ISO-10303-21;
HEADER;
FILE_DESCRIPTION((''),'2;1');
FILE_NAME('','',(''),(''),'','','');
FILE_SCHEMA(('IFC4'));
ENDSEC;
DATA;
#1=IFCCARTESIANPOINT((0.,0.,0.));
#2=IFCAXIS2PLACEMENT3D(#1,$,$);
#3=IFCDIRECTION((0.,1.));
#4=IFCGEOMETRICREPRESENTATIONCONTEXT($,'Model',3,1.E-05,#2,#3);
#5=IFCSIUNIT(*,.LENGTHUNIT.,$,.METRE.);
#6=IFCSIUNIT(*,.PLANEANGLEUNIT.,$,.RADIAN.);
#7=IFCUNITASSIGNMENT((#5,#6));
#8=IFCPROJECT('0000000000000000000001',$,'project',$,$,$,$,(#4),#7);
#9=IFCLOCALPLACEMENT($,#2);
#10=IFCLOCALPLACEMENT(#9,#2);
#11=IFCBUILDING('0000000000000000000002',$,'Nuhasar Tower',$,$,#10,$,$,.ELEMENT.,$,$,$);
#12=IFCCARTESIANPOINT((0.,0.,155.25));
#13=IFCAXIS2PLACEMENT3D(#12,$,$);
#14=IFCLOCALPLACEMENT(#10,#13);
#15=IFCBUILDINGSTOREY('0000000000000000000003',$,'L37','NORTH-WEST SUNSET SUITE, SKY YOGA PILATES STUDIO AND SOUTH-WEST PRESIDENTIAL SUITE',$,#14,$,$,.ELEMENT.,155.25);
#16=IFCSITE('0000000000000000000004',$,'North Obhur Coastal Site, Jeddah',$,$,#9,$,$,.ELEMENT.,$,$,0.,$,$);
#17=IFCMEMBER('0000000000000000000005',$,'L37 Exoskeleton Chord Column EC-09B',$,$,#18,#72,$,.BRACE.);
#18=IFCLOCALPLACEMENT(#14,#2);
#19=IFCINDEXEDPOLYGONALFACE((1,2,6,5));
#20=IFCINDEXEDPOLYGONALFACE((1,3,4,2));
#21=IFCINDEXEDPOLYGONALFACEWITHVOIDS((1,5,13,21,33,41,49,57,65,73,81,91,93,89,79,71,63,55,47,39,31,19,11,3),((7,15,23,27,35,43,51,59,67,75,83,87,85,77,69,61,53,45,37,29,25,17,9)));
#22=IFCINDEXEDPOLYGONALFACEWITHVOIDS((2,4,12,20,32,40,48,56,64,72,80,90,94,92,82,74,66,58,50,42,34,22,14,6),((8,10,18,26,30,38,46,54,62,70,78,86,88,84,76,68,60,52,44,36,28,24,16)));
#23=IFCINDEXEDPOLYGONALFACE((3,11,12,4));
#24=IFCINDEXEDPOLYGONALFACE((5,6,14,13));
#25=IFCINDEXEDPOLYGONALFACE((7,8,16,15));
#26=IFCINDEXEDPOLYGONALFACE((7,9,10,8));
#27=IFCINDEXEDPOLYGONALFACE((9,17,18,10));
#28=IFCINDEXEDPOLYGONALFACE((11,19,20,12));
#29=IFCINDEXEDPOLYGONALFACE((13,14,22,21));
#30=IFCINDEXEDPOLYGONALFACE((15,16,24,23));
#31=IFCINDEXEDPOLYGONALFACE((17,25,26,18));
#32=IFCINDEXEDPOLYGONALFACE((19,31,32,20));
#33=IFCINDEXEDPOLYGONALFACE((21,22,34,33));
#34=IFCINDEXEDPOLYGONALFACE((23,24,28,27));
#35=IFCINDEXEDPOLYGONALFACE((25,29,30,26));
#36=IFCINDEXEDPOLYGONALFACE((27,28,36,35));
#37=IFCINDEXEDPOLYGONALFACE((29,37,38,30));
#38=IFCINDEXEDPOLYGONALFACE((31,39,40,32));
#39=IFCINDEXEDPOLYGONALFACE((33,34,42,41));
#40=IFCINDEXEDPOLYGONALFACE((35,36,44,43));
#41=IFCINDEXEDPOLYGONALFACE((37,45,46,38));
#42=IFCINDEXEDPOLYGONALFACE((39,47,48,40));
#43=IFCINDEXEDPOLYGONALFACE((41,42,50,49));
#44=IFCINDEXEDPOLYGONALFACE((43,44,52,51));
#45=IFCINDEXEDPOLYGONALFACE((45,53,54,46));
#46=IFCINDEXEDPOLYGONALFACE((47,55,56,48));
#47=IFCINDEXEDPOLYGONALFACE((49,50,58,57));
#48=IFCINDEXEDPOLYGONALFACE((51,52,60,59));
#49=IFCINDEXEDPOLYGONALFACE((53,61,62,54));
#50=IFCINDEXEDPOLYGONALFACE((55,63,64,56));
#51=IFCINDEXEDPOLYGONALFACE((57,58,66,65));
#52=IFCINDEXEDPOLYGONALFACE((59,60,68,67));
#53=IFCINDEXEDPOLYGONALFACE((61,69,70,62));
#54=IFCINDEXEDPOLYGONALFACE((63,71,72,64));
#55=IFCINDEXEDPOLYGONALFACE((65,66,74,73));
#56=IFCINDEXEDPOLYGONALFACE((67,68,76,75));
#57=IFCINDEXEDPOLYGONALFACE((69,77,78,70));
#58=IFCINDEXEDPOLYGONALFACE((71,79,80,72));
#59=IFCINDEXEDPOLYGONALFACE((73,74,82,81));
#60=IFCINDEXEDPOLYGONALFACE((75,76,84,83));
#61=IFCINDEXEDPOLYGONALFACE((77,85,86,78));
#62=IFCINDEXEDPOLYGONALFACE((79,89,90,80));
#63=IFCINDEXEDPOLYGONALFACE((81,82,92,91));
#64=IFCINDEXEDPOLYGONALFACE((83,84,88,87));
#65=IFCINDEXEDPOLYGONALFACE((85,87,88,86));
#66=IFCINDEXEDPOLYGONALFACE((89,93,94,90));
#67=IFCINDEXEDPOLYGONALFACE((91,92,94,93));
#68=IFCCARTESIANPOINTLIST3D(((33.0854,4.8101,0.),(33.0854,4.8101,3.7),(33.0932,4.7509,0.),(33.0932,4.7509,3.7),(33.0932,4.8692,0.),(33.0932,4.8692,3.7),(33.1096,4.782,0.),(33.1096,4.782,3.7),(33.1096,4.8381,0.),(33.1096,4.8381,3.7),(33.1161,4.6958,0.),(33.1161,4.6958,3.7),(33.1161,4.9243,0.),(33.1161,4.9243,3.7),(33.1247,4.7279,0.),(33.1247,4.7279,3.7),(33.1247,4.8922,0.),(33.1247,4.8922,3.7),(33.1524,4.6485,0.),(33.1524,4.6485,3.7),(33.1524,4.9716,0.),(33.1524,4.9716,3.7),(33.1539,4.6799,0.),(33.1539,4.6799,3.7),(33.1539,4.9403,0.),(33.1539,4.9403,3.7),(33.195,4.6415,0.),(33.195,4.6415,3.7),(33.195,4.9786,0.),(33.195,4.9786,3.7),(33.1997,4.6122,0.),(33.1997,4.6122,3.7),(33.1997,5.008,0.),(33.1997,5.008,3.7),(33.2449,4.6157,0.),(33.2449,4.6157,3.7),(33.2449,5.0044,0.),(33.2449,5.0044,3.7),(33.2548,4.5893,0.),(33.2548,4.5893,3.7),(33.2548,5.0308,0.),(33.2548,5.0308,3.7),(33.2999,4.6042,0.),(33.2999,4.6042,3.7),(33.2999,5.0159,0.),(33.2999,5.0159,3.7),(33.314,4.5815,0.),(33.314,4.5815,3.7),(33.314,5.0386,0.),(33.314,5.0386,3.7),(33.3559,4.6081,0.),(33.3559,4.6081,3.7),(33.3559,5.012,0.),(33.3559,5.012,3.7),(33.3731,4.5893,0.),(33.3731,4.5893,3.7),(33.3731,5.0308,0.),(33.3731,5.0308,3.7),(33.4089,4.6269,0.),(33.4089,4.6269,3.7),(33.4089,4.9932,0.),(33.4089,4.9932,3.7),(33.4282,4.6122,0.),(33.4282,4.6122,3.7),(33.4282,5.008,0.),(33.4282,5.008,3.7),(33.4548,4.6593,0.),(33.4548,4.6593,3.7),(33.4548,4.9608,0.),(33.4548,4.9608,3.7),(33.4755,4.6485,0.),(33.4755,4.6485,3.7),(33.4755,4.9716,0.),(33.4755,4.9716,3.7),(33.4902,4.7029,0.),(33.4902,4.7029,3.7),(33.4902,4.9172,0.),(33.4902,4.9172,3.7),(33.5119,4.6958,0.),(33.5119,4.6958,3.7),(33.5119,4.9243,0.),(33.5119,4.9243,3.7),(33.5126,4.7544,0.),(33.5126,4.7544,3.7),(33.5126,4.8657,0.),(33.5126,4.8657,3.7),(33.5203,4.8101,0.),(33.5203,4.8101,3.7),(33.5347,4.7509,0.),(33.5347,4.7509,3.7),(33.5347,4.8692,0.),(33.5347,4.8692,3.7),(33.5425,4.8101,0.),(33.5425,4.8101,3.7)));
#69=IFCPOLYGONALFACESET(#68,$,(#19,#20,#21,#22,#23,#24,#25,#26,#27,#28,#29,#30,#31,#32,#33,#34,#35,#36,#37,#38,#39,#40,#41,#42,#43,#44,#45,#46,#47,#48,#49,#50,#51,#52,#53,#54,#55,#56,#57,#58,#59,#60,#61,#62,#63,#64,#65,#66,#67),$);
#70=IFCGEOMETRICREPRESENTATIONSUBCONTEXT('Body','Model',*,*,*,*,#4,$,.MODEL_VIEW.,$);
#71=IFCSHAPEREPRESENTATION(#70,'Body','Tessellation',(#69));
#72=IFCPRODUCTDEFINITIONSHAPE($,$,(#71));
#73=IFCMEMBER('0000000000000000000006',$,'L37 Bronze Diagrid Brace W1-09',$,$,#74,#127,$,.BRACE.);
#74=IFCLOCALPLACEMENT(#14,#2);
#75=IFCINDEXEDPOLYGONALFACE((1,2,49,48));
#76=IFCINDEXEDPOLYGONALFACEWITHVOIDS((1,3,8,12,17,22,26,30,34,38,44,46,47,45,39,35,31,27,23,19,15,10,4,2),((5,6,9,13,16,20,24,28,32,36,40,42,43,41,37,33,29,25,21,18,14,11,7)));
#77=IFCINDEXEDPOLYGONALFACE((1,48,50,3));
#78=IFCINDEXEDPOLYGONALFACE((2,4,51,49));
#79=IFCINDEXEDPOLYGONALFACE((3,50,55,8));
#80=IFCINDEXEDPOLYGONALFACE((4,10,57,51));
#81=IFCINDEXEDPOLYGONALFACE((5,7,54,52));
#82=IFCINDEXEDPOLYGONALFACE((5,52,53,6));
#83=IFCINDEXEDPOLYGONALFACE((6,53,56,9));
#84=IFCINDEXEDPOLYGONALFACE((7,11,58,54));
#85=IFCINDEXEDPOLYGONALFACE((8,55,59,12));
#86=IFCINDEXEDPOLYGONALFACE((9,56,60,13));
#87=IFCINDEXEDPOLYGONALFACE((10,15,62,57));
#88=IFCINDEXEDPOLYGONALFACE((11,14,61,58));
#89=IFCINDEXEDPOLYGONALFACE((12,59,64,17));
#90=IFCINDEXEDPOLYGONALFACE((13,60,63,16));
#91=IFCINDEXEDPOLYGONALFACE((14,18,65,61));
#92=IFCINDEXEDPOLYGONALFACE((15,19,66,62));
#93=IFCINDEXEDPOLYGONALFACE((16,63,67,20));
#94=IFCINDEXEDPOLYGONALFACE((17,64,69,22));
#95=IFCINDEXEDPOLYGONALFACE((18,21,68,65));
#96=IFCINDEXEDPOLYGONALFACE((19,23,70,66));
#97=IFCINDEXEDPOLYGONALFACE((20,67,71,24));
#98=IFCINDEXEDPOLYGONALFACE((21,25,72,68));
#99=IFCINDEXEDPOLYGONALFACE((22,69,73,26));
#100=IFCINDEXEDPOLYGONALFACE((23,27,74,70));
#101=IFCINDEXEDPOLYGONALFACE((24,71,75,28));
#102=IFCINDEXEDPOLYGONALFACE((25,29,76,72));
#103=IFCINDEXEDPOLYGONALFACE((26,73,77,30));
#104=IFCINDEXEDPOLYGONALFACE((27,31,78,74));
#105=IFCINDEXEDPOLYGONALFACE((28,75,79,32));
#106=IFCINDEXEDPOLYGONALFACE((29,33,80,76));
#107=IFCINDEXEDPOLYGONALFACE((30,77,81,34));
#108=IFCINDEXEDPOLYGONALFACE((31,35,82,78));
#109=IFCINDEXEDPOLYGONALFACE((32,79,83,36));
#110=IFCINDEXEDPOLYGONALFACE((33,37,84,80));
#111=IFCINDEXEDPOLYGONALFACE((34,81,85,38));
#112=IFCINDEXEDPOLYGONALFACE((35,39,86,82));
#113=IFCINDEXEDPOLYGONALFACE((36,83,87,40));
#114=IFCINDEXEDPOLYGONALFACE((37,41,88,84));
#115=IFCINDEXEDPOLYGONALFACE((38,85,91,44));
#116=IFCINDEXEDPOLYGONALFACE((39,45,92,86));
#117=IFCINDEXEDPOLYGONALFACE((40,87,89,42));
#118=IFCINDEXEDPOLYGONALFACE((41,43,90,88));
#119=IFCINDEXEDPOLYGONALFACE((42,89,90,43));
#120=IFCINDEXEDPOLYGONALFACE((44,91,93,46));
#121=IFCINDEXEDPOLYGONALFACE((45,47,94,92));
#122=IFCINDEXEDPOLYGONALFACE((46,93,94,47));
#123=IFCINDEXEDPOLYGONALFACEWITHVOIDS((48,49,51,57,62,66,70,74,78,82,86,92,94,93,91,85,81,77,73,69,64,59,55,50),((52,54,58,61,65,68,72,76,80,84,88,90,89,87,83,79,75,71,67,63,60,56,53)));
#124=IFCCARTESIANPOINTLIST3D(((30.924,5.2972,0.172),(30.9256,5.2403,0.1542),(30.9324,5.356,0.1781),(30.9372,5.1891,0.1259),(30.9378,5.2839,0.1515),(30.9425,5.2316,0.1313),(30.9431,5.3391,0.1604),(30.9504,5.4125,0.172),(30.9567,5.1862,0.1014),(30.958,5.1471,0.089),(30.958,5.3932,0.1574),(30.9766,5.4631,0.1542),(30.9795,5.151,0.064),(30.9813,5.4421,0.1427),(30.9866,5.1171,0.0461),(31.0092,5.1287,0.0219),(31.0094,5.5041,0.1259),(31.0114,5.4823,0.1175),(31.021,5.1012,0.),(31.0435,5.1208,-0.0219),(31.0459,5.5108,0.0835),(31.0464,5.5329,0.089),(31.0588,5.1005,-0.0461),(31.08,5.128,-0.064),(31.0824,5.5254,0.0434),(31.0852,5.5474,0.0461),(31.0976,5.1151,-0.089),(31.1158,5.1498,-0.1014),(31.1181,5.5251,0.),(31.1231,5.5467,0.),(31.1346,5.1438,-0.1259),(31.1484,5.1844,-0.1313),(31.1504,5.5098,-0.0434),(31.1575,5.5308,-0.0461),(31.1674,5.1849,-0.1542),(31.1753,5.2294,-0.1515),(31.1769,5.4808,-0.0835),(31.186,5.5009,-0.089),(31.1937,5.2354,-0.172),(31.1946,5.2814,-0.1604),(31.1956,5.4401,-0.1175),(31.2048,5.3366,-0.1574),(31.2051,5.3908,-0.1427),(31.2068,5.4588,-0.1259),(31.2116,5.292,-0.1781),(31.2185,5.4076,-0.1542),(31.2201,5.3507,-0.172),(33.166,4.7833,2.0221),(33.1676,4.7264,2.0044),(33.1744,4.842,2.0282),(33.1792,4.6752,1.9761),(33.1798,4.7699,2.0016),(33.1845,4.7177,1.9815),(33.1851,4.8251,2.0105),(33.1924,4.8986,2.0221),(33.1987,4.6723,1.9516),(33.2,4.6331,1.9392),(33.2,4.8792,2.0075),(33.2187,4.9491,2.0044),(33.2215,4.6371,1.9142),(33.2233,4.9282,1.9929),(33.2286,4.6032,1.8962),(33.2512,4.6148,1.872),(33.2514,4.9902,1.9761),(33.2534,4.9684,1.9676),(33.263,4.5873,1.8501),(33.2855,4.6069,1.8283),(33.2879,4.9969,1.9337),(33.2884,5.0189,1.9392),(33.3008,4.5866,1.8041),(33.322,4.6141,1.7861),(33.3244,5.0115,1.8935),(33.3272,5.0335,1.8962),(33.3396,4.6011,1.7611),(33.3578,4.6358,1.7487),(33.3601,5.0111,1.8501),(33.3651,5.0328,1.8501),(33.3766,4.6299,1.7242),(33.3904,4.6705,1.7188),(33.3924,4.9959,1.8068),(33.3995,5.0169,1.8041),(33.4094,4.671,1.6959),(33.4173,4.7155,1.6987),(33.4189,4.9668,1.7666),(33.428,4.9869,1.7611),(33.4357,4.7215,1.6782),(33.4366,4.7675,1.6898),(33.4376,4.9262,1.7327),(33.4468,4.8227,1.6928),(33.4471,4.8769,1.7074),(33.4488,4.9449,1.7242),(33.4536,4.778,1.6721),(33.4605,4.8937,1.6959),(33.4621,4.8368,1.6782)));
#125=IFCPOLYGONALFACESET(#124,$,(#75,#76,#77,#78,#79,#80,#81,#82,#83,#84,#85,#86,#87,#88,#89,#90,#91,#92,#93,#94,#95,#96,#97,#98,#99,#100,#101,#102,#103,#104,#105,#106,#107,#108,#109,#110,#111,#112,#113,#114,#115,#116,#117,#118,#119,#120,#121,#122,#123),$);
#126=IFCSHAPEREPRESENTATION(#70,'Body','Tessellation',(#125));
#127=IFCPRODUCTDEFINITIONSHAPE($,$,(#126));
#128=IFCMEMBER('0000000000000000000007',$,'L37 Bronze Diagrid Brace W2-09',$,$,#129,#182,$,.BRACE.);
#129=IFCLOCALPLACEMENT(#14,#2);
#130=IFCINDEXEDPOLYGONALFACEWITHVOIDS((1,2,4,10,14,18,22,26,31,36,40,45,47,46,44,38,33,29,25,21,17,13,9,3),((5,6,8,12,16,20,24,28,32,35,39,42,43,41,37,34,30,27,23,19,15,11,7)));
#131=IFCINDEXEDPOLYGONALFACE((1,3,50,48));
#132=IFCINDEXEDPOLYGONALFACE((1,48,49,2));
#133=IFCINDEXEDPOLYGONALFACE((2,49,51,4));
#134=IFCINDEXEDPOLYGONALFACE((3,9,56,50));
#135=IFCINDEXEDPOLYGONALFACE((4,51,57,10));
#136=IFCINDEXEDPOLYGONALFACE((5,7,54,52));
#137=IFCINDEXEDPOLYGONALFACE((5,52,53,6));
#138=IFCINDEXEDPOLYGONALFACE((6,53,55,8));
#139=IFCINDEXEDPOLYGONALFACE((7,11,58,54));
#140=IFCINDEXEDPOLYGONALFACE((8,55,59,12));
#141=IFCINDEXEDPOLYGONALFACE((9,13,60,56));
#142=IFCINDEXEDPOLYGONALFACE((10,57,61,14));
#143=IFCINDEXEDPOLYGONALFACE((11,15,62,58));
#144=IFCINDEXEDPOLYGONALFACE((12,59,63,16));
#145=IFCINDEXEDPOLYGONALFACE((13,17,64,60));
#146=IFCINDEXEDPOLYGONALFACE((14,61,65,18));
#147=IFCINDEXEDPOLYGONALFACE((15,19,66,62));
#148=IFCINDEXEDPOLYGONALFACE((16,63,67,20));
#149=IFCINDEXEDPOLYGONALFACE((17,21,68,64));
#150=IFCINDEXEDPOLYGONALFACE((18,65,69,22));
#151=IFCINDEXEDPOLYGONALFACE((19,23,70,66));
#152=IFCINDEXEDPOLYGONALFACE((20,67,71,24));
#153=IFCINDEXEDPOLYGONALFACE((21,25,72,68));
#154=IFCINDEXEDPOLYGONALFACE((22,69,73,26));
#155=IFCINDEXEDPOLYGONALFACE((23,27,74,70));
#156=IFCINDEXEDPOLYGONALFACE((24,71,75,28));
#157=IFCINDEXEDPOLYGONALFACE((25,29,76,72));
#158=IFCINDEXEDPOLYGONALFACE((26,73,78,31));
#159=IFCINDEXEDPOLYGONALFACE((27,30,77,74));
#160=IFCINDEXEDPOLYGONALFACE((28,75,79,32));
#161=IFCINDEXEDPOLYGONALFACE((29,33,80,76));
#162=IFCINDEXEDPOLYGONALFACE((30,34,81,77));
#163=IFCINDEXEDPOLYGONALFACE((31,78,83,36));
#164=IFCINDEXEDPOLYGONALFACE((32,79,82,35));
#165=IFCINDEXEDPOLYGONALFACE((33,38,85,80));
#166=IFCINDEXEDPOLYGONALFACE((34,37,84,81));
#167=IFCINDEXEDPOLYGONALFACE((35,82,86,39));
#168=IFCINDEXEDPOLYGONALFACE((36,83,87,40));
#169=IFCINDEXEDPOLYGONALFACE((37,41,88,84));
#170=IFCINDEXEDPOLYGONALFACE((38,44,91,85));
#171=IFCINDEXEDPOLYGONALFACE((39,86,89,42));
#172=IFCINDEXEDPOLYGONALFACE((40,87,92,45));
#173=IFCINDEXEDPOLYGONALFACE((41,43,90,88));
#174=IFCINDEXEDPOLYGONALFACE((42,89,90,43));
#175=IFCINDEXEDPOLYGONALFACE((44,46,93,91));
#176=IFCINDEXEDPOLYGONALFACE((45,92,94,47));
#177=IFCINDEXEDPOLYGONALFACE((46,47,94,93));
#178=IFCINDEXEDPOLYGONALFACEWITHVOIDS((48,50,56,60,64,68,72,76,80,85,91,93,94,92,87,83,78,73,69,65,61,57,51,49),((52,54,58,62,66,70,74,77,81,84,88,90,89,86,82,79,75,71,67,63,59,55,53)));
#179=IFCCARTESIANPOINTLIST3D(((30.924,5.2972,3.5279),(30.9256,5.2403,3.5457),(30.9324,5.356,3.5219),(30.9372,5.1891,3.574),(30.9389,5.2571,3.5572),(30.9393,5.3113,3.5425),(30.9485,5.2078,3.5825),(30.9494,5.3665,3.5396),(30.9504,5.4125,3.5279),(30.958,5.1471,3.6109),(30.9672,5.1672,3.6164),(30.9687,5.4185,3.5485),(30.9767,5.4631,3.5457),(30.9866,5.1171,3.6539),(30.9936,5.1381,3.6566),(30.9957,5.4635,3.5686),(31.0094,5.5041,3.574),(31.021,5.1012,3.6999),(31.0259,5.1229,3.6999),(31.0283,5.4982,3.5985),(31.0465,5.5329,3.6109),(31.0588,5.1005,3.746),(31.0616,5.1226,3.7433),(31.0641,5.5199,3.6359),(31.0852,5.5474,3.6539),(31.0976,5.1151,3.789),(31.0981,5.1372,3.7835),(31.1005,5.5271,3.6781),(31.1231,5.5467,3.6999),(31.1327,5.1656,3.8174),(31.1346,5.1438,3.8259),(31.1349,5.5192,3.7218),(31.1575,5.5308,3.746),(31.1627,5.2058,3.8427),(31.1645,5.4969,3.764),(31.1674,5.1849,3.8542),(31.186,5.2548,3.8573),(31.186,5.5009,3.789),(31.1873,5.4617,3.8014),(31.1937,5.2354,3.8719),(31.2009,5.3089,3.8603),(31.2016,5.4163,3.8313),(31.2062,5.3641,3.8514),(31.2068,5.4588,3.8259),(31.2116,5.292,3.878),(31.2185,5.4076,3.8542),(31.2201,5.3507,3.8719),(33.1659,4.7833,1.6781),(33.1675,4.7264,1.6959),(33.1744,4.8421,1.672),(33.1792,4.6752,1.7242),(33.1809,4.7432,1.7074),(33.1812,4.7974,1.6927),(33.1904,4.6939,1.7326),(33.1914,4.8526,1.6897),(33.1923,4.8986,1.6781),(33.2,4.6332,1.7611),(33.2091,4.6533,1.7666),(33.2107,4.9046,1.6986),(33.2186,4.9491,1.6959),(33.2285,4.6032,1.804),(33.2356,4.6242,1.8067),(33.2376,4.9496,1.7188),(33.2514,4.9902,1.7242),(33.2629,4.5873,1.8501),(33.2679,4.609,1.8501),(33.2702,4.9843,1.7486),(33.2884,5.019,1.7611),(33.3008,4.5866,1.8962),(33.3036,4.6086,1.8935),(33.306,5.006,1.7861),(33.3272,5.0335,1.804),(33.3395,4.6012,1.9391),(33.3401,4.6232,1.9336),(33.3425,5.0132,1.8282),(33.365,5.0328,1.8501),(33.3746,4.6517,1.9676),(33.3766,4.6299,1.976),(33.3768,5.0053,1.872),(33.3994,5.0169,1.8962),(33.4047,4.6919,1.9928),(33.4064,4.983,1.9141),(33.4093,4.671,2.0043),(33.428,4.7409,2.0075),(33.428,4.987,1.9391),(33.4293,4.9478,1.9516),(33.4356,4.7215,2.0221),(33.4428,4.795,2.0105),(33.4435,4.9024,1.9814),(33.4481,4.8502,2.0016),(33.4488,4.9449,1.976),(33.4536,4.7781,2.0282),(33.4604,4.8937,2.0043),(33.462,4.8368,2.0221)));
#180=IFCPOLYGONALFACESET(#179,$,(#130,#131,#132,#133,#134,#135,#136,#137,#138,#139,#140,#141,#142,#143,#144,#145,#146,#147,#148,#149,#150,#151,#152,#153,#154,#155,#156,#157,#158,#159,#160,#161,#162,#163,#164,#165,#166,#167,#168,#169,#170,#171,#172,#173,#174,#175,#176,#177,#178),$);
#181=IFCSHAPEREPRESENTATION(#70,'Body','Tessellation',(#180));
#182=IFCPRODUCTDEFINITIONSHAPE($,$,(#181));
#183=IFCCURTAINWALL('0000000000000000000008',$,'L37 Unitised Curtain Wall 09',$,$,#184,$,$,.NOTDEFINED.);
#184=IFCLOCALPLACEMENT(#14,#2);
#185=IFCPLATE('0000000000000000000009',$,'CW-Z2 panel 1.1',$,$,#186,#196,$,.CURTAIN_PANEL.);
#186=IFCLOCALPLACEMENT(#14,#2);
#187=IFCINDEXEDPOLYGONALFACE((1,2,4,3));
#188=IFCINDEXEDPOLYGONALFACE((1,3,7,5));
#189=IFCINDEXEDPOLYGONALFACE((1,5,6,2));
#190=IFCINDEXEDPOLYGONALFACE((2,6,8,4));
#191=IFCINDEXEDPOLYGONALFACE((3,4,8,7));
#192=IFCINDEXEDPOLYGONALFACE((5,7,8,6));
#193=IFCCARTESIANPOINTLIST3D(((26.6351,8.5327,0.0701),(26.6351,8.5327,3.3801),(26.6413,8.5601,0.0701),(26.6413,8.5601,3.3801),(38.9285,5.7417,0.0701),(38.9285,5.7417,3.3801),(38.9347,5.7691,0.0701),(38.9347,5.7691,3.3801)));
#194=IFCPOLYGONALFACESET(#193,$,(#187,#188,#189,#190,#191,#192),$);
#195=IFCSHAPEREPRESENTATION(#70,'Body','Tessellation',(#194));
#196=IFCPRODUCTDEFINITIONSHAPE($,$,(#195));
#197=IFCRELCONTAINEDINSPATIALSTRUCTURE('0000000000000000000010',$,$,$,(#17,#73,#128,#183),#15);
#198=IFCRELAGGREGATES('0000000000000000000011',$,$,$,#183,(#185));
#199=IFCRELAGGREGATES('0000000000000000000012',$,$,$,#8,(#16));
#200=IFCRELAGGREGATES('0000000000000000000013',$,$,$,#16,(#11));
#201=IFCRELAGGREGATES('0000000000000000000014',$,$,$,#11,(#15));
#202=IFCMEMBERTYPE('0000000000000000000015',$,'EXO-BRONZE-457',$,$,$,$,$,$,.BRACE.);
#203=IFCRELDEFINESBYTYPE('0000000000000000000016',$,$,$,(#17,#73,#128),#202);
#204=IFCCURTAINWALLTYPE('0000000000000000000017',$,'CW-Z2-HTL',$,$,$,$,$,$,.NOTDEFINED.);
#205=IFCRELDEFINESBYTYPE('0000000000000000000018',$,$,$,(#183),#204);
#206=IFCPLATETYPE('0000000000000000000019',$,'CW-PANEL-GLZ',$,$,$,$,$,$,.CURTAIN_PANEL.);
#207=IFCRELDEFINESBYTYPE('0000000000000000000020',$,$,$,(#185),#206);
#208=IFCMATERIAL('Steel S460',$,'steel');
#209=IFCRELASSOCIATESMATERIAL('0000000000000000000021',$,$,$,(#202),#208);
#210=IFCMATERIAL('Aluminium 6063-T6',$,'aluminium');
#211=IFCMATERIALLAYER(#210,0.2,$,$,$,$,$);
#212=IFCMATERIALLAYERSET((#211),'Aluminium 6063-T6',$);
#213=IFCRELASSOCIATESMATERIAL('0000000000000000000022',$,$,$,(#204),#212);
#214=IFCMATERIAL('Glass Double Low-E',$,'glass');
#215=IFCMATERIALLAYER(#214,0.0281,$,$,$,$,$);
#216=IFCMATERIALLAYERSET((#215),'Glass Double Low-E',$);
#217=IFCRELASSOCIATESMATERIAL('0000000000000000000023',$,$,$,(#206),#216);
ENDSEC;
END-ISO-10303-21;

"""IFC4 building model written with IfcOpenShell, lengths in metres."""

from ifc_helpers import new_model, si_unit, direction, frame, origin, origin_2d, place, context, subcontext, project, spatial, rectangle, hollow_circle, extrude, material, layer, layer_set, material_profile, profile_set, type_object, element, aggregate, save


model = new_model("IFC4")

# Units and contexts
model_context = context("Model", 3, precision=1e-05, world=origin(), true_north=direction((0.0, 1.0)))
body_context = subcontext(model_context, "Body", "Model", "MODEL_VIEW")
ifc_project = project(units=[si_unit("LENGTHUNIT", "METRE"), si_unit("PLANEANGLEUNIT", "RADIAN")], contexts=[model_context])

# Site, building, storey
site_placement = place(None, origin())
site = spatial("IfcSite", under=ifc_project, at=site_placement, Name="North Obhur Coastal Site, Jeddah", CompositionType="ELEMENT", RefElevation=0.0)
building_placement = place(site_placement, origin())
building = spatial("IfcBuilding", under=site, at=building_placement, Name="Nuhasar Tower", CompositionType="ELEMENT")
storey_placement = place(building_placement, frame((0.0, 0.0, 155.25)))
storey = spatial("IfcBuildingStorey", under=building, at=storey_placement, Name="L37", Description="NORTH-WEST SUNSET SUITE, SKY YOGA PILATES STUDIO AND SOUTH-WEST PRESIDENTIAL SUITE", CompositionType="ELEMENT", Elevation=155.25)

# Members
ifc_material_1 = material(Name="Steel S460", Category="steel")
ifc_material_profile_1 = material_profile(ifc_material_1, hollow_circle(Radius=0.2285, WallThickness=0.0222, at=origin_2d()), Name="HSS457X22.2")
ifc_profile_set_1 = profile_set([ifc_material_profile_1], Name="Steel S460")
member_type = type_object("IfcMemberType", Name="EXO-BRONZE-457", PredefinedType="BRACE", material=ifc_profile_set_1)
for number, where, z_axis, x_axis, name in (
    (1, (33.314, 4.8101, 0.0), (0.0, 0.0, 1.0), (1.0, 0.0, 0.0), "L37 Exoskeleton Chord Column EC-09B"),
):
    element("IfcMember", number, at=place(storey_placement, frame(where, z_axis=z_axis, x_axis=x_axis)), inside=storey, type_object=member_type, Name=name, PredefinedType="BRACE", context=body_context, shape_type="SweptSolid", body=[
        extrude(hollow_circle(Radius=0.2285, WallThickness=0.0222, at=origin_2d()), origin(), (0.0, 0.0, 1.0), 3.7),
    ])
member_1_placement = place(storey_placement, frame((31.072, 5.324, 0.0), z_axis=(0.75951, -0.174101, 0.626764), x_axis=(0.223433, 0.974719, 0.0)))
element("IfcMember", 2, at=member_1_placement, inside=storey, type_object=member_type, Name="L37 Bronze Diagrid Brace W1-09", PredefinedType="BRACE", context=body_context, shape_type="SweptSolid", body=[
    extrude(hollow_circle(Radius=0.2285, WallThickness=0.0222, at=origin_2d()), origin(), (0.0, 0.0, 1.0), 2.9519),
])
member_2_placement = place(storey_placement, frame((33.314, 4.8101, 1.8501), z_axis=(-0.75955, 0.17411, 0.626713), x_axis=(-0.223433, -0.974719, 0.0)))
element("IfcMember", 3, at=member_2_placement, inside=storey, type_object=member_type, Name="L37 Bronze Diagrid Brace W2-09", PredefinedType="BRACE", context=body_context, shape_type="SweptSolid", body=[
    extrude(hollow_circle(Radius=0.2285, WallThickness=0.0222, at=origin_2d()), origin(), (0.0, 0.0, 1.0), 2.9517),
])

# Curtain wall, plate
ifc_material_2 = material(Name="Aluminium 6063-T6", Category="aluminium")
ifc_layer_1 = layer(ifc_material_2, 0.2)
ifc_layer_set_1 = layer_set([ifc_layer_1], Name="Aluminium 6063-T6")
curtain_wall_type = type_object("IfcCurtainWallType", Name="CW-Z2-HTL", PredefinedType="NOTDEFINED", material=ifc_layer_set_1)
curtain_wall_placement = place(storey_placement, origin())
curtain_wall = element("IfcCurtainWall", 4, at=curtain_wall_placement, inside=storey, type_object=curtain_wall_type, Name="L37 Unitised Curtain Wall 09", PredefinedType="NOTDEFINED")
ifc_material_3 = material(Name="Glass Double Low-E", Category="glass")
ifc_layer_2 = layer(ifc_material_3, 0.0281)
ifc_layer_set_2 = layer_set([ifc_layer_2], Name="Glass Double Low-E")
plate_type = type_object("IfcPlateType", Name="CW-PANEL-GLZ", PredefinedType="CURTAIN_PANEL", material=ifc_layer_set_2)
plate_placement = place(storey_placement, frame((32.7849, 7.1509, 0.0701), z_axis=(0.0, 0.0, 1.0), x_axis=(0.975184, -0.221397, 0.0)))
plate = element("IfcPlate", 5, at=plate_placement, type_object=plate_type, Name="CW-Z2 panel 1.1", PredefinedType="CURTAIN_PANEL", context=body_context, shape_type="SweptSolid", body=[
    extrude(rectangle(XDim=12.6062, YDim=0.0281, at=origin_2d()), origin(), (0.0, 0.0, 1.0), 3.3101),
])
aggregate(curtain_wall, [plate])

save(model, "model.ifc")
